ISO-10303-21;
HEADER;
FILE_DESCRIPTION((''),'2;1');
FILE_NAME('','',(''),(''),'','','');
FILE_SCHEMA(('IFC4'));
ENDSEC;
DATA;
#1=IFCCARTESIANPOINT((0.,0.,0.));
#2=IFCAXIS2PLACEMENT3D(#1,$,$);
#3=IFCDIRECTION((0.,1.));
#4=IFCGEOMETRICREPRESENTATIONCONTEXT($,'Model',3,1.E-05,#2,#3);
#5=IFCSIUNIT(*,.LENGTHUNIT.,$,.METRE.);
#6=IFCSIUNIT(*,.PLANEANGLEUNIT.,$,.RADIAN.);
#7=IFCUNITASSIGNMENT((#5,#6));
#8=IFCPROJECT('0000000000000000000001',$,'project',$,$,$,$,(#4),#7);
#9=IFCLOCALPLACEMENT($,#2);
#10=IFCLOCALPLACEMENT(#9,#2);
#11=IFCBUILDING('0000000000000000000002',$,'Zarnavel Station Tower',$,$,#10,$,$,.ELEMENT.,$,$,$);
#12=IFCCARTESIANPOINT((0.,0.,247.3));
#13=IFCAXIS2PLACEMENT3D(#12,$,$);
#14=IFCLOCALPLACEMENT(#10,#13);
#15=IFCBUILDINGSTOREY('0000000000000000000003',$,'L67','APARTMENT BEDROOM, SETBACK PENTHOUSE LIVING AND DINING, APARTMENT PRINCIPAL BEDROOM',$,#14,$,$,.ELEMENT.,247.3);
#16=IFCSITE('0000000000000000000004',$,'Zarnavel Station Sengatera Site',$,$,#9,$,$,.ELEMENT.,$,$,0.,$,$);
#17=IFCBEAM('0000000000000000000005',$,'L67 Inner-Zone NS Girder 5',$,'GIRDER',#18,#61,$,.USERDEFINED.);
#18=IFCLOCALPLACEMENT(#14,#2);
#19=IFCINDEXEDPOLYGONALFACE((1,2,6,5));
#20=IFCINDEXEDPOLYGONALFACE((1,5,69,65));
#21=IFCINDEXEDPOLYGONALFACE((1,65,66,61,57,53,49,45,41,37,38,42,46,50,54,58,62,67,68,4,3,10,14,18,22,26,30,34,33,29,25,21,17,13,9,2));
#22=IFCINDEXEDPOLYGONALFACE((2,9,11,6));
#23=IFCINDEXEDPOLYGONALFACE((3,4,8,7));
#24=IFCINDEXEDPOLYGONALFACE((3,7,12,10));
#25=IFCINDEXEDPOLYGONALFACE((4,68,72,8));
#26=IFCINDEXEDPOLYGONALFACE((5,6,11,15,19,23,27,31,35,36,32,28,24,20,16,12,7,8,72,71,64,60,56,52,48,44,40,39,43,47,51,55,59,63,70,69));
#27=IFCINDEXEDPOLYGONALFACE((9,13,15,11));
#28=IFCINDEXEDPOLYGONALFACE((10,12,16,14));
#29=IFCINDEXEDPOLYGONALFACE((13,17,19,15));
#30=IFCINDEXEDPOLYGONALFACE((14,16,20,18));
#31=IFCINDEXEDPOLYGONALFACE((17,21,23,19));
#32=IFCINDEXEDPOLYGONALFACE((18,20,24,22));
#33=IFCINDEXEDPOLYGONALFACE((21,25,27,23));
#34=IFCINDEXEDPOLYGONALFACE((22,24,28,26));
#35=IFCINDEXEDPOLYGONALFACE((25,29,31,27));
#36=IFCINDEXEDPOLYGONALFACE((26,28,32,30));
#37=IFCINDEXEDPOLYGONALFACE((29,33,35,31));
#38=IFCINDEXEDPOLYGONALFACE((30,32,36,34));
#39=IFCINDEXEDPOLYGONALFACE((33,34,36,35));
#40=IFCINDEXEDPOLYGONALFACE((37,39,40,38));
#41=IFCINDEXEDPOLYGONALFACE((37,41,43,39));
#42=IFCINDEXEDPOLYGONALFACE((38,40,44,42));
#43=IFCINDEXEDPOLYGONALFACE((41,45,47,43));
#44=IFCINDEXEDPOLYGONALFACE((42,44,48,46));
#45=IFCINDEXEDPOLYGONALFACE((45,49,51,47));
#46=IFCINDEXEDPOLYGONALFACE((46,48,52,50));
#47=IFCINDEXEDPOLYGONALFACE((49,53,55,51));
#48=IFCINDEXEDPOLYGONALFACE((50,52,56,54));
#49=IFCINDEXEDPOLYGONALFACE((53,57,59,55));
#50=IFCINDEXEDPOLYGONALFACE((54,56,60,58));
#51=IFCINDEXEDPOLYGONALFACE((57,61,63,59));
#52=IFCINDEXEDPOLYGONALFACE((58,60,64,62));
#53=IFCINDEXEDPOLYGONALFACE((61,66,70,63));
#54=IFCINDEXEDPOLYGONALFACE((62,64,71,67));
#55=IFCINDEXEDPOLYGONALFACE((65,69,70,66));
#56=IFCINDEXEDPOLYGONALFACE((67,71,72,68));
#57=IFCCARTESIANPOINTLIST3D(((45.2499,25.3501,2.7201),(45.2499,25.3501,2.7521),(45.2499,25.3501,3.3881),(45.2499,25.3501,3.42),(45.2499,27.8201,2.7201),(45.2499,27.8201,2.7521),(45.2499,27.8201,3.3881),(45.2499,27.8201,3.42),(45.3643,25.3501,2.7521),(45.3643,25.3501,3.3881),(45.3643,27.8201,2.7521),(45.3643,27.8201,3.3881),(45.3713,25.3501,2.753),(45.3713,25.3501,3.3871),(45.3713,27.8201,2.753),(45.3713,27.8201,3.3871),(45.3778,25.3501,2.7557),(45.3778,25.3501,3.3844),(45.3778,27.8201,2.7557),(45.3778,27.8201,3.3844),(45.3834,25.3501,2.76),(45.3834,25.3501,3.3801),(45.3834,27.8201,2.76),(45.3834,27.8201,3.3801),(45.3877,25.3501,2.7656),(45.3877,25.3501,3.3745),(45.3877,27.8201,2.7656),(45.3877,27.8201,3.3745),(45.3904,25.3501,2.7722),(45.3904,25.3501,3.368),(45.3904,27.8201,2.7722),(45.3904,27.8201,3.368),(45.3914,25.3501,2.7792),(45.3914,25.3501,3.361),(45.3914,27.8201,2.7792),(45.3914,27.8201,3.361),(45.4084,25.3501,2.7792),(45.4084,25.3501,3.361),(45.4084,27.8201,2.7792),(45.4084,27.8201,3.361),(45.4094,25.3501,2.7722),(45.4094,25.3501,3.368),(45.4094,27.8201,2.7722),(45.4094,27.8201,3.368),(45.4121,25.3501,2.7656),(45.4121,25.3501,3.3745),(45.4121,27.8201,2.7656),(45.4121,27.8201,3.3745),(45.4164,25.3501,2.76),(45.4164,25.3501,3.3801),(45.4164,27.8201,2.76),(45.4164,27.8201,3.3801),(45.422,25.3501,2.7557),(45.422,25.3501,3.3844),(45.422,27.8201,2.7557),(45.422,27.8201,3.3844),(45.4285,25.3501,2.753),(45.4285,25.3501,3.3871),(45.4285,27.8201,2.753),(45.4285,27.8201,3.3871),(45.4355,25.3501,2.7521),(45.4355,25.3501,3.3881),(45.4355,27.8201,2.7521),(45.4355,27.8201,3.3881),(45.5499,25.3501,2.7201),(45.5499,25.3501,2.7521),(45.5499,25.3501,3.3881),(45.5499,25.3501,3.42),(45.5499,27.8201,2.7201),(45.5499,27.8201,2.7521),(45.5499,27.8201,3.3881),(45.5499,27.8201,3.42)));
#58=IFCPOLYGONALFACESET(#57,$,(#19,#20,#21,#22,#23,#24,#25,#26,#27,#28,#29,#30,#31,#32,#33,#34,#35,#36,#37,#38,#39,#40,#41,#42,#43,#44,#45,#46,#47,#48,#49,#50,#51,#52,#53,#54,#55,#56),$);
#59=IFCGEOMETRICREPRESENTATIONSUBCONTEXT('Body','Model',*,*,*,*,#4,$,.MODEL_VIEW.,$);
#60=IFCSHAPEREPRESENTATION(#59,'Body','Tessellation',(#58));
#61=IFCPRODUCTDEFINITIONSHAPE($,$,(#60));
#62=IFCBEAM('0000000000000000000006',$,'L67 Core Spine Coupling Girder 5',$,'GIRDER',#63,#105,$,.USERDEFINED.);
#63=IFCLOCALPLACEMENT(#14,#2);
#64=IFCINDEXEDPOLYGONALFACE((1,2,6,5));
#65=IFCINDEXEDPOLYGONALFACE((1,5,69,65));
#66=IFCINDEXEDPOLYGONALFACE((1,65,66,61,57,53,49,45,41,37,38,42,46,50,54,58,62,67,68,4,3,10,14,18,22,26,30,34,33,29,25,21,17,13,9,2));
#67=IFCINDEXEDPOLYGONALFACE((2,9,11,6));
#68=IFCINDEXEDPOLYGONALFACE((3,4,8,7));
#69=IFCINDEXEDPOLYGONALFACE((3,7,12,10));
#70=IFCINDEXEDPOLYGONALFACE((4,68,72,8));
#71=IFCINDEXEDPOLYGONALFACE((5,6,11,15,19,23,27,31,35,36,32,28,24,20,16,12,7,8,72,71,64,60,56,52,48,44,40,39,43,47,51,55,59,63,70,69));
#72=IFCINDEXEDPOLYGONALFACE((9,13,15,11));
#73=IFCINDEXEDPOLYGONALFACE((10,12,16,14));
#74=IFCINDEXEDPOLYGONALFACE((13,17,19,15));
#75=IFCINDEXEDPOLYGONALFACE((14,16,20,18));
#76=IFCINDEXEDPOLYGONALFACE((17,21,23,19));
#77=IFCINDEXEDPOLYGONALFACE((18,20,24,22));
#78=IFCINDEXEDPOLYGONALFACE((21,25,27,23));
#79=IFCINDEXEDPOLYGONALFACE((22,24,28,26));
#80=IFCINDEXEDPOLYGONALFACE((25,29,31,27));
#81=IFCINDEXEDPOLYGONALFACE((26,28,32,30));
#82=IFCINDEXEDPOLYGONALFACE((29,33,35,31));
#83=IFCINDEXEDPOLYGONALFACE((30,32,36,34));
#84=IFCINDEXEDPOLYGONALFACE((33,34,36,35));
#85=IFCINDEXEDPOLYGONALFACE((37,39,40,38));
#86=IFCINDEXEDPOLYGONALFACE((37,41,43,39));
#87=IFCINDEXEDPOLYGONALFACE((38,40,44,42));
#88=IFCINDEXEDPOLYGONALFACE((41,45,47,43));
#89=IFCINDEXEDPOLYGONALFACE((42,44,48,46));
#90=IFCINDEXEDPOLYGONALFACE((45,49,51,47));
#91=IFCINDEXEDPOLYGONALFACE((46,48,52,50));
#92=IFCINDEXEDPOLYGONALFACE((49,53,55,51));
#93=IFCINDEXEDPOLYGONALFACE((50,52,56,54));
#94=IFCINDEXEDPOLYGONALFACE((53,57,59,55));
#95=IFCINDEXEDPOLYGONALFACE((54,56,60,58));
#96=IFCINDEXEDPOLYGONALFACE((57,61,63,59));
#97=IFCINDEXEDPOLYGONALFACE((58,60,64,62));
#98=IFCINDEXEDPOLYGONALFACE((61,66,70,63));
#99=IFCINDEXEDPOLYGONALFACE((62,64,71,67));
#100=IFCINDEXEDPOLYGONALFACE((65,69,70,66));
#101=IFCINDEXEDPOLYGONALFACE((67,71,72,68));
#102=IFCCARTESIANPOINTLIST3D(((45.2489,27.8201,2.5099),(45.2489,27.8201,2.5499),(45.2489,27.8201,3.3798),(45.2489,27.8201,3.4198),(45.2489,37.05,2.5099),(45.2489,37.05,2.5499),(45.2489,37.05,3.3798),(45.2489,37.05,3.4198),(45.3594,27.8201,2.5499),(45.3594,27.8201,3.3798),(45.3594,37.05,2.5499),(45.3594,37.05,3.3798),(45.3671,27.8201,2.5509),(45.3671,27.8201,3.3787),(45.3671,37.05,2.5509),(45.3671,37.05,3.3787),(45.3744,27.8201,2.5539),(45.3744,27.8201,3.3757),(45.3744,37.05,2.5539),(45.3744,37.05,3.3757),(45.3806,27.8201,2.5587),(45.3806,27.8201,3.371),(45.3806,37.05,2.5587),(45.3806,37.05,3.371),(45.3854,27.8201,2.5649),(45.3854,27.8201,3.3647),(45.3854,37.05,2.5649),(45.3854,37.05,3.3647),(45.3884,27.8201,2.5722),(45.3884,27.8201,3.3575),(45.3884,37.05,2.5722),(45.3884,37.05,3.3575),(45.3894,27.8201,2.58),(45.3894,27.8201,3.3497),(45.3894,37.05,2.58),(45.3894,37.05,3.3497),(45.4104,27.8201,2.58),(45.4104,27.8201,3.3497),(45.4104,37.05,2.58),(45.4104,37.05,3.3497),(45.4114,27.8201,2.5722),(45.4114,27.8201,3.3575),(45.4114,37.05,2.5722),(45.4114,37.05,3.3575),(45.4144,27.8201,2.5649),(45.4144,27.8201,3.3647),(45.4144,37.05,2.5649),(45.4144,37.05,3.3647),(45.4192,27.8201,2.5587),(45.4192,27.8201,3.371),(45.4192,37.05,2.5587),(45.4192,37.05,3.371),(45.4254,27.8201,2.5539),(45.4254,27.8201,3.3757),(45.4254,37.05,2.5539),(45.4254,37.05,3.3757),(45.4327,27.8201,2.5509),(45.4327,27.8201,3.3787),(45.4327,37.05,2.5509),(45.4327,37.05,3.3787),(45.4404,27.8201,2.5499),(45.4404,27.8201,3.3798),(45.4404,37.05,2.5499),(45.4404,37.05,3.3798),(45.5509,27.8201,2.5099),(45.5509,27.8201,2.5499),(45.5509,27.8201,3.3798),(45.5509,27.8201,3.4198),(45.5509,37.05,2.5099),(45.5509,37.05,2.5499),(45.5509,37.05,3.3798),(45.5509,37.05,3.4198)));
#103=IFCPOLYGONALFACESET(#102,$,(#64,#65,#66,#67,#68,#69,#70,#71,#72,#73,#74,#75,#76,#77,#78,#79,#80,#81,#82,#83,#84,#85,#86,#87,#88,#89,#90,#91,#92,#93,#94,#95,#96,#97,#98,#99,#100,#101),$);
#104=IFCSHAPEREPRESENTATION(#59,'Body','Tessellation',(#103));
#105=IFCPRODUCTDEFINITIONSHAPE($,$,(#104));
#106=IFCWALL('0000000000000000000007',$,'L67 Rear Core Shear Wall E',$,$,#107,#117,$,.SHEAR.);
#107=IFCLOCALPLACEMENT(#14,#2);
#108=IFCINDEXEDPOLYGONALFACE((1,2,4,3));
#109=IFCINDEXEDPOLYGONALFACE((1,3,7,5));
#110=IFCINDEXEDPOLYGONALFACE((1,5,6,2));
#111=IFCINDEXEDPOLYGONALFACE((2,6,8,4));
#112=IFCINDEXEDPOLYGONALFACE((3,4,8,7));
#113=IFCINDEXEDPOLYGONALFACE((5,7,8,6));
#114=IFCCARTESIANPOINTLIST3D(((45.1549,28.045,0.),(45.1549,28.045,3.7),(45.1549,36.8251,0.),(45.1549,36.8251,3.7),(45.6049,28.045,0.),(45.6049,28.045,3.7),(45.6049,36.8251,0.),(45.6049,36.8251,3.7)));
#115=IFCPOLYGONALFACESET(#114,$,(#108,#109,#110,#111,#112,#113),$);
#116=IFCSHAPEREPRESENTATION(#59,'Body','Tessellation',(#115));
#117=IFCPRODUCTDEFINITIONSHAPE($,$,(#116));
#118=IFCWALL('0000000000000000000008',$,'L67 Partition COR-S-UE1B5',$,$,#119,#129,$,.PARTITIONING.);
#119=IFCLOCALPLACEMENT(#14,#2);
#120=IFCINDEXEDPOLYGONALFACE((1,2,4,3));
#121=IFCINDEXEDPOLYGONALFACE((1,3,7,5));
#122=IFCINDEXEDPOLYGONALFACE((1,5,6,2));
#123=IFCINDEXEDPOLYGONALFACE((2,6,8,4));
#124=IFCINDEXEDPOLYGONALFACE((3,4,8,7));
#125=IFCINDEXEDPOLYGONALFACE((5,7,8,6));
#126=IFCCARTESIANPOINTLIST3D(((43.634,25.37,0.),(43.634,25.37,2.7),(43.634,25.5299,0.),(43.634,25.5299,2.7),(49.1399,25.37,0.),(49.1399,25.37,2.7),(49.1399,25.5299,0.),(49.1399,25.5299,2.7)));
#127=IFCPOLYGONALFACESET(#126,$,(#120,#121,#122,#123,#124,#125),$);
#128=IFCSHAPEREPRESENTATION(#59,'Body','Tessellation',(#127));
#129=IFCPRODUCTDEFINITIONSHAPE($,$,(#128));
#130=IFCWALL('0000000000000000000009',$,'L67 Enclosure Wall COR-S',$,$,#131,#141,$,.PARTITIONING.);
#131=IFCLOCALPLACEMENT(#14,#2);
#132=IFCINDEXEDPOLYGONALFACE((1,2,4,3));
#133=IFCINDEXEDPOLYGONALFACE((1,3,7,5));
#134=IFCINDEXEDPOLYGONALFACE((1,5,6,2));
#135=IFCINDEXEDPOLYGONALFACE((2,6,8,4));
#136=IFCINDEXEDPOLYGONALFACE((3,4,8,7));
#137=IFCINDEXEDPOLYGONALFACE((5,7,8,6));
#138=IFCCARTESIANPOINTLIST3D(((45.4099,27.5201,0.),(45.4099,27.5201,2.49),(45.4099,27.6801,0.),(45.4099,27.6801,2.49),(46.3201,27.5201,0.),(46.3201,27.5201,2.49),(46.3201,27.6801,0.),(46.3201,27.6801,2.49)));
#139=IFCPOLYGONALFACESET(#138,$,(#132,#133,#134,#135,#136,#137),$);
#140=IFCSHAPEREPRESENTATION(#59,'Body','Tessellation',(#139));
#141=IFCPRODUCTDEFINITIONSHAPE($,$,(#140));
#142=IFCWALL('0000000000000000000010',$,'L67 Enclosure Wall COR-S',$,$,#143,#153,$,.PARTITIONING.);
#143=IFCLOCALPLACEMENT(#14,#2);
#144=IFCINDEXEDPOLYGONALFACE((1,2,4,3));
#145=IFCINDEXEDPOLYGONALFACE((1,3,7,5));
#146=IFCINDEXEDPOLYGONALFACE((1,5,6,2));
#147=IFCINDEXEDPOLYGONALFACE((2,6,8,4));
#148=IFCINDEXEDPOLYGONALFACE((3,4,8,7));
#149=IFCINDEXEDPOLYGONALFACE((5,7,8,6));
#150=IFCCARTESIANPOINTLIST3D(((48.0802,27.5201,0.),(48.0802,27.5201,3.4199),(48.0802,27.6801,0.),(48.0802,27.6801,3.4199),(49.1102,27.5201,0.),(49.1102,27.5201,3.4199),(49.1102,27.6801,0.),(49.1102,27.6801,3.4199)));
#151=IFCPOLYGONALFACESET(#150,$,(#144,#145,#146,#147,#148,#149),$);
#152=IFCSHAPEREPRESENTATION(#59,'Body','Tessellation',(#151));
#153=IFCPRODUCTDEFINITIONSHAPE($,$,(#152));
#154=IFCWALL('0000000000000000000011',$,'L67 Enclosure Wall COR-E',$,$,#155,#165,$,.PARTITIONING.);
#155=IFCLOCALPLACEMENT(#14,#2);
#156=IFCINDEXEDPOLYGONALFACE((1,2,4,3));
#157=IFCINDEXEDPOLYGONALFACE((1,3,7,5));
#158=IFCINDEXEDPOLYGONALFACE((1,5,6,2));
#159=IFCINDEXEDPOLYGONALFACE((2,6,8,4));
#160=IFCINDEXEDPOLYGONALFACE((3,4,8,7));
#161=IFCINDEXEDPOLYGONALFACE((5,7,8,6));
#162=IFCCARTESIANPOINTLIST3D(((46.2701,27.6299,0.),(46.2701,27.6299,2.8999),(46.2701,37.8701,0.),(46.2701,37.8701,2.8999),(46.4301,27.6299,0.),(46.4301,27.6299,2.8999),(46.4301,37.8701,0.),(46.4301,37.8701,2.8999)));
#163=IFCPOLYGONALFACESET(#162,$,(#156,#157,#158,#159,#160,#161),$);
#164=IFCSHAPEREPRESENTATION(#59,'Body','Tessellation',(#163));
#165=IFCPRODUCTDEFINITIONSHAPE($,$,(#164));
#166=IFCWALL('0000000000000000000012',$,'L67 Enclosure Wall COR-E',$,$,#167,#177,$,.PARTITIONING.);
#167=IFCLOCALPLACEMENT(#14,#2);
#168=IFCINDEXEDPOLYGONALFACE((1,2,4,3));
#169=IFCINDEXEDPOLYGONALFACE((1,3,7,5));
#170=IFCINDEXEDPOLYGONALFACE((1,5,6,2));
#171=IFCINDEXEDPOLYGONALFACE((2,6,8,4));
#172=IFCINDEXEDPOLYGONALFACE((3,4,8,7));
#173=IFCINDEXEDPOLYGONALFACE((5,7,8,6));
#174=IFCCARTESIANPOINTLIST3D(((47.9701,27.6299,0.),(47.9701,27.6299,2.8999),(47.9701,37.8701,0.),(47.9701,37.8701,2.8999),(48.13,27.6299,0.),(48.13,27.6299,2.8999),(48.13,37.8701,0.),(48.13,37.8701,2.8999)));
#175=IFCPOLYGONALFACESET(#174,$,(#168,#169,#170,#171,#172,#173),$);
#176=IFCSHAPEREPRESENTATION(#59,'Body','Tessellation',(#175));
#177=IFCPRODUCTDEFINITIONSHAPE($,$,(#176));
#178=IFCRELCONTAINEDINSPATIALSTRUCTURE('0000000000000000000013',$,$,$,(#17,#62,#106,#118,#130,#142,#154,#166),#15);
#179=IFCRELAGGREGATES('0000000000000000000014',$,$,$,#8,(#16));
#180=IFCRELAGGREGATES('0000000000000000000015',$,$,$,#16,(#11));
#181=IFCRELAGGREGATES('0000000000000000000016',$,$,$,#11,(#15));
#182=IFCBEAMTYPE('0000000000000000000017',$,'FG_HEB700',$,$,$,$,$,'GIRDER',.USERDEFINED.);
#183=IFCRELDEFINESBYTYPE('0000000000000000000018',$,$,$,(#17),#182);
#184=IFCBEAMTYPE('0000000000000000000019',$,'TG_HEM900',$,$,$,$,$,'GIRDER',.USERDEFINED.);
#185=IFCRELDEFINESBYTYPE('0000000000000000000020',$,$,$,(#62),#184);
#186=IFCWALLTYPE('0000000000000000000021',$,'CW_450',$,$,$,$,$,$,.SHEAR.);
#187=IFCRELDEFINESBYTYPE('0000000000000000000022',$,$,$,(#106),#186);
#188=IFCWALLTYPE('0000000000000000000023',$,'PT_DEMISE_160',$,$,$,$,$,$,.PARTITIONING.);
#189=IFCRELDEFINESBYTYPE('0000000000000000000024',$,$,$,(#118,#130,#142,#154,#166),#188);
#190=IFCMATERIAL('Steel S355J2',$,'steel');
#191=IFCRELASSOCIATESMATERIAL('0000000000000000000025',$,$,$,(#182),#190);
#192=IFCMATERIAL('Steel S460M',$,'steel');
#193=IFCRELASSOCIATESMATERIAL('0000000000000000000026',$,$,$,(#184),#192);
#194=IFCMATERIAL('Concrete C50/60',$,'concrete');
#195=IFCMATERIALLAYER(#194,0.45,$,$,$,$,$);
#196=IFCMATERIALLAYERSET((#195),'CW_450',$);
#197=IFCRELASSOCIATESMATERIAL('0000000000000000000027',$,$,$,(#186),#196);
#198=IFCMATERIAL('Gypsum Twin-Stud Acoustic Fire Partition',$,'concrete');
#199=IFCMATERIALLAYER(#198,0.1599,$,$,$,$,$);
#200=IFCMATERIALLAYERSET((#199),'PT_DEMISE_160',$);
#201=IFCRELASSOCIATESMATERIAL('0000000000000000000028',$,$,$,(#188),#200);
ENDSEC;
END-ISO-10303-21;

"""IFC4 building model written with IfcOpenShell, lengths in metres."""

from ifc_helpers import new_model, si_unit, direction, frame, frame_2d, origin, origin_2d, place, context, subcontext, project, spatial, rectangle, i_section, extrude, material, layer, layer_set, material_profile, profile_set, type_object, element, save


model = new_model("IFC4")

# Units and contexts
model_context = context("Model", 3, precision=1e-05, world=origin(), true_north=direction((0.0, 1.0)))
body_context = subcontext(model_context, "Body", "Model", "MODEL_VIEW")
ifc_project = project(units=[si_unit("LENGTHUNIT", "METRE"), si_unit("PLANEANGLEUNIT", "RADIAN")], contexts=[model_context])

# Site, building, storey
site_placement = place(None, origin())
site = spatial("IfcSite", under=ifc_project, at=site_placement, Name="Zarnavel Station Sengatera Site", CompositionType="ELEMENT", RefElevation=0.0)
building_placement = place(site_placement, origin())
building = spatial("IfcBuilding", under=site, at=building_placement, Name="Zarnavel Station Tower", CompositionType="ELEMENT")
storey_placement = place(building_placement, frame((0.0, 0.0, 247.3)))
storey = spatial("IfcBuildingStorey", under=building, at=storey_placement, Name="L67", Description="APARTMENT BEDROOM, SETBACK PENTHOUSE LIVING AND DINING, APARTMENT PRINCIPAL BEDROOM", CompositionType="ELEMENT", Elevation=247.3)

# Beams
ifc_material_1 = material(Name="Steel S355J2", Category="steel")
ifc_material_profile_1 = material_profile(ifc_material_1, i_section(OverallWidth=0.3, OverallDepth=0.7, WebThickness=0.0171, FlangeThickness=0.032, FilletRadius=0.0271, at=origin_2d()), Name="HEB700")
ifc_profile_set_1 = profile_set([ifc_material_profile_1], Name="Steel S355J2")
beam_type_1 = type_object("IfcBeamType", Name="FG_HEB700", ElementType="GIRDER", PredefinedType="USERDEFINED", material=ifc_profile_set_1)
beam_1_placement = place(storey_placement, frame((45.3999, 25.3501, 3.0701), z_axis=(0.0, 1.0, 0.0), x_axis=(-1.0, 0.0, 0.0)))
element("IfcBeam", 1, at=beam_1_placement, inside=storey, type_object=beam_type_1, Name="L67 Inner-Zone NS Girder 5", ObjectType="GIRDER", PredefinedType="USERDEFINED", context=body_context, shape_type="SweptSolid", body=[
    extrude(i_section(OverallWidth=0.3, OverallDepth=0.7, WebThickness=0.0171, FlangeThickness=0.032, FilletRadius=0.0271, at=origin_2d()), origin(), (0.0, 0.0, 1.0), 2.47),
])
ifc_material_2 = material(Name="Steel S460M", Category="steel")
ifc_material_profile_2 = material_profile(ifc_material_2, i_section(OverallWidth=0.302, OverallDepth=0.9099, WebThickness=0.021, FlangeThickness=0.04, FilletRadius=0.03, at=origin_2d()), Name="HEM900")
ifc_profile_set_2 = profile_set([ifc_material_profile_2], Name="Steel S460M")
beam_type_2 = type_object("IfcBeamType", Name="TG_HEM900", ElementType="GIRDER", PredefinedType="USERDEFINED", material=ifc_profile_set_2)
beam_2_placement = place(storey_placement, frame((45.3999, 27.8201, 2.9648), z_axis=(0.0, 1.0, 0.0), x_axis=(-1.0, 0.0, 0.0)))
element("IfcBeam", 2, at=beam_2_placement, inside=storey, type_object=beam_type_2, Name="L67 Core Spine Coupling Girder 5", ObjectType="GIRDER", PredefinedType="USERDEFINED", context=body_context, shape_type="SweptSolid", body=[
    extrude(i_section(OverallWidth=0.302, OverallDepth=0.9099, WebThickness=0.021, FlangeThickness=0.04, FilletRadius=0.03, at=origin_2d()), origin(), (0.0, 0.0, 1.0), 9.23),
])

# Shared definitions
ifc_material_3 = material(Name="Concrete C50/60", Category="concrete")
ifc_layer_1 = layer(ifc_material_3, 0.45)
ifc_layer_set_1 = layer_set([ifc_layer_1], Name="CW_450")
wall_type_1 = type_object("IfcWallType", Name="CW_450", PredefinedType="SHEAR", material=ifc_layer_set_1)

# Wall
wall_1_placement = place(storey_placement, frame((45.3799, 28.0449, 0.0), z_axis=(0.0, 0.0, 1.0), x_axis=(0.0, 1.0, 0.0)))
element("IfcWall", 3, at=wall_1_placement, inside=storey, type_object=wall_type_1, Name="L67 Rear Core Shear Wall E", PredefinedType="SHEAR", context=body_context, shape_type="SweptSolid", body=[
    extrude(rectangle(XDim=8.78, YDim=0.45, at=frame_2d((4.3901, 0.0))), origin(), (0.0, 0.0, 1.0), 3.7),
])

# Shared definitions
ifc_material_4 = material(Name="Gypsum Twin-Stud Acoustic Fire Partition", Category="concrete")
ifc_layer_2 = layer(ifc_material_4, 0.1599)
ifc_layer_set_2 = layer_set([ifc_layer_2], Name="PT_DEMISE_160")
wall_type_2 = type_object("IfcWallType", Name="PT_DEMISE_160", PredefinedType="PARTITIONING", material=ifc_layer_set_2)

# Walls
wall_2_placement = place(storey_placement, frame((43.634, 25.45, 0.0), z_axis=(0.0, 0.0, 1.0), x_axis=(1.0, 0.0, 0.0)))
element("IfcWall", 4, at=wall_2_placement, inside=storey, type_object=wall_type_2, Name="L67 Partition COR-S-UE1B5", PredefinedType="PARTITIONING", context=body_context, shape_type="SweptSolid", body=[
    extrude(rectangle(XDim=5.5059, YDim=0.1599, at=frame_2d((2.7529, 0.0))), origin(), (0.0, 0.0, 1.0), 2.7),
])
wall_3_placement = place(storey_placement, frame((45.4099, 27.6001, 0.0), z_axis=(0.0, 0.0, 1.0), x_axis=(1.0, 0.0, 0.0)))
element("IfcWall", 5, at=wall_3_placement, inside=storey, type_object=wall_type_2, Name="L67 Enclosure Wall COR-S", PredefinedType="PARTITIONING", context=body_context, shape_type="SweptSolid", body=[
    extrude(rectangle(XDim=0.9102, YDim=0.1599, at=frame_2d((0.4551, 0.0))), origin(), (0.0, 0.0, 1.0), 2.49),
])
wall_4_placement = place(storey_placement, frame((48.0801, 27.6001, 0.0), z_axis=(0.0, 0.0, 1.0), x_axis=(1.0, 0.0, 0.0)))
element("IfcWall", 6, at=wall_4_placement, inside=storey, type_object=wall_type_2, Name="L67 Enclosure Wall COR-S", PredefinedType="PARTITIONING", context=body_context, shape_type="SweptSolid", body=[
    extrude(rectangle(XDim=1.03, YDim=0.1599, at=frame_2d((0.5151, 0.0))), origin(), (0.0, 0.0, 1.0), 3.4199),
])
for number, where, z_axis, x_axis, name in (
    (7, (46.3501, 27.6299, 0.0), (0.0, 0.0, 1.0), (0.0, 1.0, 0.0), "L67 Enclosure Wall COR-E"),
    (8, (48.05, 27.6299, 0.0), (0.0, 0.0, 1.0), (0.0, 1.0, 0.0), "L67 Enclosure Wall COR-E"),
):
    element("IfcWall", number, at=place(storey_placement, frame(where, z_axis=z_axis, x_axis=x_axis)), inside=storey, type_object=wall_type_2, Name=name, PredefinedType="PARTITIONING", context=body_context, shape_type="SweptSolid", body=[
        extrude(rectangle(XDim=10.2402, YDim=0.1599, at=frame_2d((5.1201, 0.0))), origin(), (0.0, 0.0, 1.0), 2.8999),
    ])

save(model, "model.ifc")
